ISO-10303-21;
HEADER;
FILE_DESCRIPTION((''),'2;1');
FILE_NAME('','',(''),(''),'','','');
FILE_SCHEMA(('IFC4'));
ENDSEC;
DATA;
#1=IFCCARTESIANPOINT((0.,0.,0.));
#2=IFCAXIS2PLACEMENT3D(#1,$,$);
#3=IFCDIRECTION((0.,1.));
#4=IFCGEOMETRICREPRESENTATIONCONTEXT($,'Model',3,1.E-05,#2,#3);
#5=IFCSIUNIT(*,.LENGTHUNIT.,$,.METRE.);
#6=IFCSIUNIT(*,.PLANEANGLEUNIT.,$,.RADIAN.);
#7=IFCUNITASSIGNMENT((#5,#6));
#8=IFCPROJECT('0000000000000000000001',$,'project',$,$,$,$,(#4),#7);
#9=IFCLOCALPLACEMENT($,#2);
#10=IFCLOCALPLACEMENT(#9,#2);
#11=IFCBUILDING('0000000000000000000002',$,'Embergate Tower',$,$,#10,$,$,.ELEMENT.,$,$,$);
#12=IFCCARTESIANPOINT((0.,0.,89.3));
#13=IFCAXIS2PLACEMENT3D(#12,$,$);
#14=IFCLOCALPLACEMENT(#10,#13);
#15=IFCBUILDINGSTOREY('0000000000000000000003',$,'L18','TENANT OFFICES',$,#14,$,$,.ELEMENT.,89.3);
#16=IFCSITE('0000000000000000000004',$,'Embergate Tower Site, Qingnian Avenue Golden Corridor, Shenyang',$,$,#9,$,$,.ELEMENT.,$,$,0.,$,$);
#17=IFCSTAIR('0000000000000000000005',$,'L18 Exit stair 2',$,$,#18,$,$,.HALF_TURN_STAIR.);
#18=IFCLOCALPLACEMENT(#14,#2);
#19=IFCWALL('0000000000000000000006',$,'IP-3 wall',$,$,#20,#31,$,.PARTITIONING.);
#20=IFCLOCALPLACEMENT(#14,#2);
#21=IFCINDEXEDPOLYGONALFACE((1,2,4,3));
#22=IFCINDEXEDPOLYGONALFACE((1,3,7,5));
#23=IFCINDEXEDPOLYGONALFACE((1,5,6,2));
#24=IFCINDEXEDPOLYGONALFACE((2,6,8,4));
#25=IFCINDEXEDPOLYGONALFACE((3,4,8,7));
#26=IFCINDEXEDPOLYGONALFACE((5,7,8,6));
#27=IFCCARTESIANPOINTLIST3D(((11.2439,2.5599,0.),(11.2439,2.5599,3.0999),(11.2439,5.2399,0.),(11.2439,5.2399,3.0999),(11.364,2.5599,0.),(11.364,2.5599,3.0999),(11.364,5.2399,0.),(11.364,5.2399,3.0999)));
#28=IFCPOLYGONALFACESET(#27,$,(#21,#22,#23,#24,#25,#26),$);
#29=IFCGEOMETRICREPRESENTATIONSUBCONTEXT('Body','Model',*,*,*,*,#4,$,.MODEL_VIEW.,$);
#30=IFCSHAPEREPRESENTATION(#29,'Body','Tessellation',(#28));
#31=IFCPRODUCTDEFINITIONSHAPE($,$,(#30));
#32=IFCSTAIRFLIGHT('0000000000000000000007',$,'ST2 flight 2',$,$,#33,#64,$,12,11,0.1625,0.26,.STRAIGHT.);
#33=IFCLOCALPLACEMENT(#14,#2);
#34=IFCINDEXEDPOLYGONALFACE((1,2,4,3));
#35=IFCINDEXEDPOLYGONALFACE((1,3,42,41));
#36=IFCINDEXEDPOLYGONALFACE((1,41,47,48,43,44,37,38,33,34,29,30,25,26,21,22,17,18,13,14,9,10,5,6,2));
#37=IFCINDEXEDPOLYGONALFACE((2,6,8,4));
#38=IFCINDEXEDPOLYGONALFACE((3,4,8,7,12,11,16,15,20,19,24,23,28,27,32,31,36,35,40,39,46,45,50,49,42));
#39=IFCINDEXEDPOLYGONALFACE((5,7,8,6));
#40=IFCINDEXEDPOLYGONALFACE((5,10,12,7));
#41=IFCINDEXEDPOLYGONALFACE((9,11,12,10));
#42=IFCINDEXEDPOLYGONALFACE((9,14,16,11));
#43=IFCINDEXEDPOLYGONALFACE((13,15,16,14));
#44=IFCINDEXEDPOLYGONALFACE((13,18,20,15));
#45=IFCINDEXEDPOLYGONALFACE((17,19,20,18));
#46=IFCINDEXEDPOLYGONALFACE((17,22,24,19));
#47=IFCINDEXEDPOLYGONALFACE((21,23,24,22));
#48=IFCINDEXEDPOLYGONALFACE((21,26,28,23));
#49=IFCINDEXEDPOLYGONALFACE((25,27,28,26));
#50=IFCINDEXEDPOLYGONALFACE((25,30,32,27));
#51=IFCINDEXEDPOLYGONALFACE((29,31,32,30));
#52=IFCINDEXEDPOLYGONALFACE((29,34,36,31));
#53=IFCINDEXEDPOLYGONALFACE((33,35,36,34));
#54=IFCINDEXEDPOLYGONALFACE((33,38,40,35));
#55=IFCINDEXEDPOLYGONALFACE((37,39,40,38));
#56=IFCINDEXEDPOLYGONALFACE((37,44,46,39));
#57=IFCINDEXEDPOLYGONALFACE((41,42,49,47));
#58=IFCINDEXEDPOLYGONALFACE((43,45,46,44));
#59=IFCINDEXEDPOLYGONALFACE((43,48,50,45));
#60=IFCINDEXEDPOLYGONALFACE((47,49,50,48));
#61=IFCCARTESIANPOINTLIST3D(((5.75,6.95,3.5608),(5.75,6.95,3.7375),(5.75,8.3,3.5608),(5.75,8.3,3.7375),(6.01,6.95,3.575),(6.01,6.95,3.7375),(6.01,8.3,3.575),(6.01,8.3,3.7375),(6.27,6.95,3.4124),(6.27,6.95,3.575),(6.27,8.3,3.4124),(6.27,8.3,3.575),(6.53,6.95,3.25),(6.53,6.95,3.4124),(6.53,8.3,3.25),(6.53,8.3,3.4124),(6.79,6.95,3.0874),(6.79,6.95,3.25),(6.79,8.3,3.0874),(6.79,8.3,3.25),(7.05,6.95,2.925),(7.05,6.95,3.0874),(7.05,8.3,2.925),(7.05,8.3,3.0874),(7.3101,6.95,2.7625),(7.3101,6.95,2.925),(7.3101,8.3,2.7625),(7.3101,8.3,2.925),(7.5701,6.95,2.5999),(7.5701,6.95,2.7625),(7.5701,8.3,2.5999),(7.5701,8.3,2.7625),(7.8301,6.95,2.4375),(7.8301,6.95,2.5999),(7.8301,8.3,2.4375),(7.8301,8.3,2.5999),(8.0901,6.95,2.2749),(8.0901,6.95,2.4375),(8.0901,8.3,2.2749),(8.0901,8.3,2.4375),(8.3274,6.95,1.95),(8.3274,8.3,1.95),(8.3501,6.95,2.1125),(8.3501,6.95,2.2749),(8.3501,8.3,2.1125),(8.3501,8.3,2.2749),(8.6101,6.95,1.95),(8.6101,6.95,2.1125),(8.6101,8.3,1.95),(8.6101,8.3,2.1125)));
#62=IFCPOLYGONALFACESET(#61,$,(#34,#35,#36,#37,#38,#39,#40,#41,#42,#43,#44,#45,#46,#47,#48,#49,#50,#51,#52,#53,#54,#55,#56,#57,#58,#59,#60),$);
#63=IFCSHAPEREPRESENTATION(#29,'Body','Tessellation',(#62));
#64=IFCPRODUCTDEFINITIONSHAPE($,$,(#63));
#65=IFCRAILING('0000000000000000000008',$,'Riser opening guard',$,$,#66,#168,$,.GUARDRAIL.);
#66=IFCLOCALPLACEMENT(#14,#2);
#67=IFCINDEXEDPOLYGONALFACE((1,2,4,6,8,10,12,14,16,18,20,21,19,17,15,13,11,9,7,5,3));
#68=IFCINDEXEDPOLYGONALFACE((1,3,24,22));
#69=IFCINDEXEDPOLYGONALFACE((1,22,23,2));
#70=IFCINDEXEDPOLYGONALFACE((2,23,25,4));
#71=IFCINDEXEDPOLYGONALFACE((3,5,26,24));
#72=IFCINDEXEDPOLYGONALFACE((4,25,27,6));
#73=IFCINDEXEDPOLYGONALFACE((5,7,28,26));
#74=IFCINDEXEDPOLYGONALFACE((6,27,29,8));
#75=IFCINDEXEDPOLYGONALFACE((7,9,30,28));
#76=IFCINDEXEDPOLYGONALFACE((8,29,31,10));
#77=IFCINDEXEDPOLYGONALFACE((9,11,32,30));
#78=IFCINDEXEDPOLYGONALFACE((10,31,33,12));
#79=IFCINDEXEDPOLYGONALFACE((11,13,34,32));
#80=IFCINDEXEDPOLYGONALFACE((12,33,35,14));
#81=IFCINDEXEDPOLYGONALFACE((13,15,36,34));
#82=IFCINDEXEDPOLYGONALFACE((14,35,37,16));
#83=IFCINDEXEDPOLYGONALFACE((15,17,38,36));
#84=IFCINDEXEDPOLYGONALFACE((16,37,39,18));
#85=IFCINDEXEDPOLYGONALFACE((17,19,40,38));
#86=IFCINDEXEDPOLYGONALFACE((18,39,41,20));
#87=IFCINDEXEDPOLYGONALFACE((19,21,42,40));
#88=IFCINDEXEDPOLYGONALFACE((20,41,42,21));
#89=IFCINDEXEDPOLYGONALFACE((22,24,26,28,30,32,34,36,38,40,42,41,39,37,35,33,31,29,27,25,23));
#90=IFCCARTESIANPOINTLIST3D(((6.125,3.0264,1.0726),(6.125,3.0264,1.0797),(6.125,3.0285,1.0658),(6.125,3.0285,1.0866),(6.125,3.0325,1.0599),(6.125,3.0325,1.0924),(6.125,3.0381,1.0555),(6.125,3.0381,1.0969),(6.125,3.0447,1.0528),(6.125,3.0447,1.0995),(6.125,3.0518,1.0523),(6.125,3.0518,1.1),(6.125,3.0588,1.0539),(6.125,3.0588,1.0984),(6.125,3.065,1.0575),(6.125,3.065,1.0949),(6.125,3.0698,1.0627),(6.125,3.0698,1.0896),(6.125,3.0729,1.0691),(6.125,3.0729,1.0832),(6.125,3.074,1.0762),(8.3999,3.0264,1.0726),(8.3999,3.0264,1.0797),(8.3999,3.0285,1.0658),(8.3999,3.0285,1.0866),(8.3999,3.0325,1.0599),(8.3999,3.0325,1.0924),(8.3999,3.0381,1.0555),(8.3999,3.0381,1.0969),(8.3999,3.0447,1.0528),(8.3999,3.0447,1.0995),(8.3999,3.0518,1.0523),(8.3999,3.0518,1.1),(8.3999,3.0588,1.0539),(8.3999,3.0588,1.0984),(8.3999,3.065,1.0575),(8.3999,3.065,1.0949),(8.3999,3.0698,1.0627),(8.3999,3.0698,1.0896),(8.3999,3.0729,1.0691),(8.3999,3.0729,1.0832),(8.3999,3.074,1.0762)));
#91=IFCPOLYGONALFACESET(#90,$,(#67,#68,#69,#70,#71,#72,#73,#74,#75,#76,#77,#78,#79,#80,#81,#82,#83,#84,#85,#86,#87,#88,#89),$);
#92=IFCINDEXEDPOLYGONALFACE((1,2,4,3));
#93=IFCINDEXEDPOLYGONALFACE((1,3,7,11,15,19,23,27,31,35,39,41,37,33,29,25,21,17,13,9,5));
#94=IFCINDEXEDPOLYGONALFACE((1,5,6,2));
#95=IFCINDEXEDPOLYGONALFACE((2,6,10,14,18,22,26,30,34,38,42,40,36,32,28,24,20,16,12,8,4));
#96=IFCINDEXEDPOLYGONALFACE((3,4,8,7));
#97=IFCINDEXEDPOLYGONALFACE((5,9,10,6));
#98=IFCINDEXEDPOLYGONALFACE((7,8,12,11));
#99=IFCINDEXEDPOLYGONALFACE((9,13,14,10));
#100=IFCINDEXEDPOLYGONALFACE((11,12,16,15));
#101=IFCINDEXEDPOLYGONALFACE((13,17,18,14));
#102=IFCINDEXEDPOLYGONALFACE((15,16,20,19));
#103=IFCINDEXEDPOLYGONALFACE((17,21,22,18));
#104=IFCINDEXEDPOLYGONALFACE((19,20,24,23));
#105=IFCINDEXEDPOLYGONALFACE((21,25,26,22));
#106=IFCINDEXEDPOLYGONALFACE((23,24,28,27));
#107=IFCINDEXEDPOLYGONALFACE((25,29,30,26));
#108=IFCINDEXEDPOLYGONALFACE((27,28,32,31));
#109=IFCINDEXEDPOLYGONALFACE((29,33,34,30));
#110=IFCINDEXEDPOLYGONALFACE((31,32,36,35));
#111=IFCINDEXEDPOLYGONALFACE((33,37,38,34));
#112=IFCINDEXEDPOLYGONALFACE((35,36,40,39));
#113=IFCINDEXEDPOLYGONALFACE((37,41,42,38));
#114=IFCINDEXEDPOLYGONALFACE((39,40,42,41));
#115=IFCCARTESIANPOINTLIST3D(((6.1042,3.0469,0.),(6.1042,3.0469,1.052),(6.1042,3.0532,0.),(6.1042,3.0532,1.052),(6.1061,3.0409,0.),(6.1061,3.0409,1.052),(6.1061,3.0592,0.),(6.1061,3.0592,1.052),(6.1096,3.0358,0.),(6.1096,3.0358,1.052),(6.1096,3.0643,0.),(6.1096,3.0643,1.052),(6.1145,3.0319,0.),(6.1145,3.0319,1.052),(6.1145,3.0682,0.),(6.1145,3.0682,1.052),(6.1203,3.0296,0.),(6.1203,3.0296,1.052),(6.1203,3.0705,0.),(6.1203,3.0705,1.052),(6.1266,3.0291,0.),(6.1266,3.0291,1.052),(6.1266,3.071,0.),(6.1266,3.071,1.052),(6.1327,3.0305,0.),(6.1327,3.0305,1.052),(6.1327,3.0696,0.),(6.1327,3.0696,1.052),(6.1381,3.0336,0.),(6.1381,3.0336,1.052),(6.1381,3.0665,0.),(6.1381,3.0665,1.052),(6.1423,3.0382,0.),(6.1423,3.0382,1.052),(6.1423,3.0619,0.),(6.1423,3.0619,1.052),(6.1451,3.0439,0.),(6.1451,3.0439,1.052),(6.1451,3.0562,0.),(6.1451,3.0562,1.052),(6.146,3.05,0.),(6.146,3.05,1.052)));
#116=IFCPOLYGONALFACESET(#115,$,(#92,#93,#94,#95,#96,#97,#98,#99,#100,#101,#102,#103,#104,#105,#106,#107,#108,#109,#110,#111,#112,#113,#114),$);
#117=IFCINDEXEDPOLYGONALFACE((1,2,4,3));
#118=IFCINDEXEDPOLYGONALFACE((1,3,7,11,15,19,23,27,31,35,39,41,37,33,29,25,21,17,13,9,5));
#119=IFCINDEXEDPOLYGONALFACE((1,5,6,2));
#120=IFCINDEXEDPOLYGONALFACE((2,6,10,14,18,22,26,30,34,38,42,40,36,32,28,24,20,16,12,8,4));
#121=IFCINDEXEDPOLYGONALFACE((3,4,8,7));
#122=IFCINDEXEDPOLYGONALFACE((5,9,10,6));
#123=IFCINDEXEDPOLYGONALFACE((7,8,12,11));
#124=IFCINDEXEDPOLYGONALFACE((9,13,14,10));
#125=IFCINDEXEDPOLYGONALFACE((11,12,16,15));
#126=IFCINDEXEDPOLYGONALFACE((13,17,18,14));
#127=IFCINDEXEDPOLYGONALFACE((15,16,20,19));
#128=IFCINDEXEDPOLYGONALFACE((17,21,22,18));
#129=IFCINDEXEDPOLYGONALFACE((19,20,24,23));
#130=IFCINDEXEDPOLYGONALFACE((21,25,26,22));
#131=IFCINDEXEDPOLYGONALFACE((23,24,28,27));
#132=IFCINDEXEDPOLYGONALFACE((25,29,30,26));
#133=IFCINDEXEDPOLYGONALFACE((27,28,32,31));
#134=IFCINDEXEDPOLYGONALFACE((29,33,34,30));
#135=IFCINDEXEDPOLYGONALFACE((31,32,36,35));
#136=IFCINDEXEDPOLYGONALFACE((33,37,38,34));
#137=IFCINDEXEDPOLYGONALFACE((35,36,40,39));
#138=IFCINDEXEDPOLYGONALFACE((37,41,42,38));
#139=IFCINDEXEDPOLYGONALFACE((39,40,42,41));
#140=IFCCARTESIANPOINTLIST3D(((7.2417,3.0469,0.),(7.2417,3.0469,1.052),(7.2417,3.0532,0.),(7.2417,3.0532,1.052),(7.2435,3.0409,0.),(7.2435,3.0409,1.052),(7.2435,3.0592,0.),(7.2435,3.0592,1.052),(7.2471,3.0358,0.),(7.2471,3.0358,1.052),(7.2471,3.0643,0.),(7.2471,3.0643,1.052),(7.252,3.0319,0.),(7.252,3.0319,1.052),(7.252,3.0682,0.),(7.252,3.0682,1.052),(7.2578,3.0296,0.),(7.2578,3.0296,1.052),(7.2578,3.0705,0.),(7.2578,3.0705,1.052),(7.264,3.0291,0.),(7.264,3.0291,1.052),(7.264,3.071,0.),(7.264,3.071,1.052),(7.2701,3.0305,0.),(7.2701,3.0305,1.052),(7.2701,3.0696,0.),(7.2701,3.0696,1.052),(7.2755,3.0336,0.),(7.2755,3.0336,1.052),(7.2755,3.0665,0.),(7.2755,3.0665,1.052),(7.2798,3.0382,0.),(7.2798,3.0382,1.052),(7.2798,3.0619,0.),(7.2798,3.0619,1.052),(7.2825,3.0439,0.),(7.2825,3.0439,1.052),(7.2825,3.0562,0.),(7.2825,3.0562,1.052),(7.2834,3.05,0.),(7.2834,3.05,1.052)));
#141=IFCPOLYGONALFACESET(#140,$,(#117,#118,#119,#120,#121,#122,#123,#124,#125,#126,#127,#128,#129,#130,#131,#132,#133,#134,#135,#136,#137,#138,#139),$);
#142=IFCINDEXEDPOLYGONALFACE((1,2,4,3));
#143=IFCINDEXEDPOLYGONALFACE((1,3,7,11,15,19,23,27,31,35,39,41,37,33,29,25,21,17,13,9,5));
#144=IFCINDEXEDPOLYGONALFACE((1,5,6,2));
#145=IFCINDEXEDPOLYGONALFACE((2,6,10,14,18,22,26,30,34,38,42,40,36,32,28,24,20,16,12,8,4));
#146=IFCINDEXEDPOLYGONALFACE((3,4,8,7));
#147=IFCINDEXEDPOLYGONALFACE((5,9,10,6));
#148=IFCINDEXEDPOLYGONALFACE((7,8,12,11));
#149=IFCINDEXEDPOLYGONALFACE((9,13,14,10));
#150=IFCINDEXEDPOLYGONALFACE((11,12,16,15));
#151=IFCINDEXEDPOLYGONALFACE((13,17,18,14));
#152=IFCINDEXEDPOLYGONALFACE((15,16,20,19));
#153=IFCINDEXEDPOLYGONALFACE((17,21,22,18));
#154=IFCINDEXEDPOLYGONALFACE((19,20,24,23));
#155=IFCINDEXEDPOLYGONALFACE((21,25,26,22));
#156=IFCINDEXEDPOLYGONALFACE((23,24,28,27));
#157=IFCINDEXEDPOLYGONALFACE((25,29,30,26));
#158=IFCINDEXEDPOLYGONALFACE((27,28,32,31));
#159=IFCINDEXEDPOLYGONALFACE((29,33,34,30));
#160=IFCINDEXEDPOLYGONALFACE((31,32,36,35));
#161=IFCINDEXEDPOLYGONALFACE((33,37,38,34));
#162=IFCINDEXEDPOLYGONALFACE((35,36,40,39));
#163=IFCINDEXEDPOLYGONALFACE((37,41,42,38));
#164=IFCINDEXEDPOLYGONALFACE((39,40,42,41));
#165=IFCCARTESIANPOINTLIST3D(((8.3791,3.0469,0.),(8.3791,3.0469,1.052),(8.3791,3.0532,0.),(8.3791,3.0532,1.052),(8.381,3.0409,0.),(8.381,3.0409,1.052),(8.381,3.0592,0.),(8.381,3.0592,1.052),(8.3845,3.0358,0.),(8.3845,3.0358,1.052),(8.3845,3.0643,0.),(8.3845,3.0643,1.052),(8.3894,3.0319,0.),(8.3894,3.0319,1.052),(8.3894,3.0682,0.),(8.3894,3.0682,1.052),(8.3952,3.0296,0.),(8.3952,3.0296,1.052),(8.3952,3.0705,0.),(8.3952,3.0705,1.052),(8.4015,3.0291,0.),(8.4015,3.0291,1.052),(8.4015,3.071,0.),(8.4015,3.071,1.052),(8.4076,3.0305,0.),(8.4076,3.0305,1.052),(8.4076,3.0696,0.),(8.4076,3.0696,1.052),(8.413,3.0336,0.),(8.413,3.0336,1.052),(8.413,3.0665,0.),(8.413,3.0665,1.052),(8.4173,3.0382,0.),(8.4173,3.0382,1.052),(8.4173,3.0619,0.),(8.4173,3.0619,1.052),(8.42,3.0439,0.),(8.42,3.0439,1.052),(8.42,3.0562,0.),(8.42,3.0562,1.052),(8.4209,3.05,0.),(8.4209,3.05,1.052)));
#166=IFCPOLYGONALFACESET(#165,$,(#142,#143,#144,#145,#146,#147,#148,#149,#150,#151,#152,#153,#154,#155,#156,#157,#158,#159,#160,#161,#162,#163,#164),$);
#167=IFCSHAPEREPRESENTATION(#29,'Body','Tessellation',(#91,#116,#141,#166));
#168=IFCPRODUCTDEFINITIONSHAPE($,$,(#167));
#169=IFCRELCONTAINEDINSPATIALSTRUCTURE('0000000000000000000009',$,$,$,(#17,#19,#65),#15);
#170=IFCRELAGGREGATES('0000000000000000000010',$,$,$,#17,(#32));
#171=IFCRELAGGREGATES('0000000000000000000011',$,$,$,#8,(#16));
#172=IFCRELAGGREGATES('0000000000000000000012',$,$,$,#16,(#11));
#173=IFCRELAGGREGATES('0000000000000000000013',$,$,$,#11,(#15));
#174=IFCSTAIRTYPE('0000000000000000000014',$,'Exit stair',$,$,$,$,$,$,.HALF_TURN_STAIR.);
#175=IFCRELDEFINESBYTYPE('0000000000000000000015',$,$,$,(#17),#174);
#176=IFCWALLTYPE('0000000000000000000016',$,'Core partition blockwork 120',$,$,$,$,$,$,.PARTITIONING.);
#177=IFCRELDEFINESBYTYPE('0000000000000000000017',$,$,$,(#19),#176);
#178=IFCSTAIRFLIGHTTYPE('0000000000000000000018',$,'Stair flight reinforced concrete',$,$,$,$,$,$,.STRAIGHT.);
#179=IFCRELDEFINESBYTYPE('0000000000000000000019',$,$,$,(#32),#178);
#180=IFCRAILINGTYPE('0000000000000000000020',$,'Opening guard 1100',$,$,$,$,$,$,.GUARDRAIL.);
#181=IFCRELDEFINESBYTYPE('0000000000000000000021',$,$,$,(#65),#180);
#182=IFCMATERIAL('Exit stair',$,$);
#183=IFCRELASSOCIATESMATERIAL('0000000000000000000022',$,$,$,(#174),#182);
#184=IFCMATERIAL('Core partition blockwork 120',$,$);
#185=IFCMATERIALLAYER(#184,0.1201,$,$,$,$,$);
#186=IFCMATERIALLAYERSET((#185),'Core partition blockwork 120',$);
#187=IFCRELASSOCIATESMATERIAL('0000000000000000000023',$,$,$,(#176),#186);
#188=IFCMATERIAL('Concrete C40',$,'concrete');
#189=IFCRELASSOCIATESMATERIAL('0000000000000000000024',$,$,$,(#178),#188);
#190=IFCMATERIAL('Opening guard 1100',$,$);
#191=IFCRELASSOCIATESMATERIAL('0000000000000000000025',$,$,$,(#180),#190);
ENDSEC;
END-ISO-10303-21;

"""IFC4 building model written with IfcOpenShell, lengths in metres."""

from ifc_helpers import new_model, si_unit, direction, frame, frame_2d, origin, origin_2d, place, context, subcontext, project, spatial, polyline, rectangle, circle, outline, extrude, source, transform, mapped, material, layer, layer_set, type_object, element, aggregate, save


model = new_model("IFC4")

# Units and contexts
model_context = context("Model", 3, precision=1e-05, world=origin(), true_north=direction((0.0, 1.0)))
body_context = subcontext(model_context, "Body", "Model", "MODEL_VIEW")
ifc_project = project(units=[si_unit("LENGTHUNIT", "METRE"), si_unit("PLANEANGLEUNIT", "RADIAN")], contexts=[model_context])

# Site, building, storey
site_placement = place(None, origin())
site = spatial("IfcSite", under=ifc_project, at=site_placement, Name="Embergate Tower Site, Qingnian Avenue Golden Corridor, Shenyang", CompositionType="ELEMENT", RefElevation=0.0)
building_placement = place(site_placement, origin())
building = spatial("IfcBuilding", under=site, at=building_placement, Name="Embergate Tower", CompositionType="ELEMENT")
storey_placement = place(building_placement, frame((0.0, 0.0, 89.3)))
storey = spatial("IfcBuildingStorey", under=building, at=storey_placement, Name="L18", Description="TENANT OFFICES", CompositionType="ELEMENT", Elevation=89.3)

# Stair
ifc_material_1 = material(Name="Exit stair")
stair_type = type_object("IfcStairType", Name="Exit stair", PredefinedType="HALF_TURN_STAIR", material=ifc_material_1)
stair_placement = place(storey_placement, origin())
stair = element("IfcStair", 1, at=stair_placement, inside=storey, type_object=stair_type, Name="L18 Exit stair 2", PredefinedType="HALF_TURN_STAIR")
ifc_material_2 = material(Name="Concrete C40", Category="concrete")

# Shared definitions
ifc_material_3 = material(Name="Core partition blockwork 120")
ifc_layer_1 = layer(ifc_material_3, 0.1201)
ifc_layer_set_1 = layer_set([ifc_layer_1], Name="Core partition blockwork 120")
wall_type_1 = type_object("IfcWallType", Name="Core partition blockwork 120", PredefinedType="PARTITIONING", material=ifc_layer_set_1)

# Wall
shared_shape_1 = source(origin(), body_context, "Body", "SweptSolid", [
    extrude(rectangle(XDim=2.6799, YDim=0.1201, at=frame_2d((1.3398, 0.0))), origin(), (0.0, 0.0, 1.0), 3.0999),
])
wall_1_placement = place(storey_placement, frame((11.304, 2.5601, 0.0), z_axis=(0.0, 0.0, 1.0), x_axis=(0.0, 1.0, 0.0)))
element("IfcWall", 2, at=wall_1_placement, inside=storey, type_object=wall_type_1, Name="IP-3 wall", PredefinedType="PARTITIONING", context=body_context, shape_type="MappedRepresentation", body=[
    mapped(shared_shape_1, transform((0.0, 0.0, 0.0))),
])

# Stair flight
stair_flight_type = type_object("IfcStairFlightType", Name="Stair flight reinforced concrete", PredefinedType="STRAIGHT", material=ifc_material_2)
shared_shape_2 = source(origin(), body_context, "Body", "SweptSolid", [
    extrude(outline(polyline([(0.0, 0.0), (0.0, 0.1626), (0.26, 0.1626), (0.26, 0.325), (0.52, 0.325), (0.52, 0.4875), (0.78, 0.4875), (0.78, 0.6499), (1.04, 0.6499), (1.04, 0.8125), (1.3, 0.8125), (1.3, 0.9751), (1.5601, 0.9751), (1.5601, 1.1375), (1.8201, 1.1375), (1.8201, 1.3), (2.0801, 1.3), (2.0801, 1.4624), (2.3401, 1.4624), (2.3401, 1.625), (2.6001, 1.625), (2.6001, 1.7876), (2.8601, 1.7876), (2.8601, 1.95), (2.8601, 1.6108), (0.2827, 0.0), (0.0, 0.0)])), frame((0.0, 0.675, 0.0), z_axis=(0.0, -1.0, 0.0), x_axis=(1.0, 0.0, 0.0)), (0.0, 0.0, 1.0), 1.3501),
])
stair_flight_placement = place(storey_placement, frame((8.6101, 7.625, 1.95), z_axis=(0.0, 0.0, 1.0), x_axis=(-1.0, 0.0, 0.0)))
stair_flight = element("IfcStairFlight", 3, at=stair_flight_placement, type_object=stair_flight_type, Name="ST2 flight 2", NumberOfRisers=12, NumberOfTreads=11, PredefinedType="STRAIGHT", RiserHeight=0.1625, TreadLength=0.26, context=body_context, shape_type="MappedRepresentation", body=[
    mapped(shared_shape_2, transform((0.0, 0.0, 0.0))),
])
aggregate(stair, [stair_flight])

# Railing
ifc_material_4 = material(Name="Opening guard 1100")
railing_type = type_object("IfcRailingType", Name="Opening guard 1100", PredefinedType="GUARDRAIL", material=ifc_material_4)
shared_shape_3 = source(origin(), body_context, "Body", "SweptSolid", [
    extrude(circle(Radius=0.0239, at=origin_2d()), frame((0.0, 0.0, 1.0762), z_axis=(1.0, 0.0, 0.0), x_axis=(0.0, 1.0, 0.0)), (0.0, 0.0, 1.0), 2.2749),
    extrude(circle(Radius=0.021, at=origin_2d()), origin(), (0.0, 0.0, 1.0), 1.052),
    extrude(circle(Radius=0.021, at=origin_2d()), frame((1.1375, 0.0, 0.0)), (0.0, 0.0, 1.0), 1.052),
    extrude(circle(Radius=0.021, at=origin_2d()), frame((2.2749, 0.0, 0.0)), (0.0, 0.0, 1.0), 1.052),
])
railing_placement = place(storey_placement, frame((6.125, 3.05, 0.0)))
element("IfcRailing", 4, at=railing_placement, inside=storey, type_object=railing_type, Name="Riser opening guard", PredefinedType="GUARDRAIL", context=body_context, shape_type="MappedRepresentation", body=[
    mapped(shared_shape_3, transform((0.0, 0.0, 0.0))),
])

save(model, "model.ifc")
